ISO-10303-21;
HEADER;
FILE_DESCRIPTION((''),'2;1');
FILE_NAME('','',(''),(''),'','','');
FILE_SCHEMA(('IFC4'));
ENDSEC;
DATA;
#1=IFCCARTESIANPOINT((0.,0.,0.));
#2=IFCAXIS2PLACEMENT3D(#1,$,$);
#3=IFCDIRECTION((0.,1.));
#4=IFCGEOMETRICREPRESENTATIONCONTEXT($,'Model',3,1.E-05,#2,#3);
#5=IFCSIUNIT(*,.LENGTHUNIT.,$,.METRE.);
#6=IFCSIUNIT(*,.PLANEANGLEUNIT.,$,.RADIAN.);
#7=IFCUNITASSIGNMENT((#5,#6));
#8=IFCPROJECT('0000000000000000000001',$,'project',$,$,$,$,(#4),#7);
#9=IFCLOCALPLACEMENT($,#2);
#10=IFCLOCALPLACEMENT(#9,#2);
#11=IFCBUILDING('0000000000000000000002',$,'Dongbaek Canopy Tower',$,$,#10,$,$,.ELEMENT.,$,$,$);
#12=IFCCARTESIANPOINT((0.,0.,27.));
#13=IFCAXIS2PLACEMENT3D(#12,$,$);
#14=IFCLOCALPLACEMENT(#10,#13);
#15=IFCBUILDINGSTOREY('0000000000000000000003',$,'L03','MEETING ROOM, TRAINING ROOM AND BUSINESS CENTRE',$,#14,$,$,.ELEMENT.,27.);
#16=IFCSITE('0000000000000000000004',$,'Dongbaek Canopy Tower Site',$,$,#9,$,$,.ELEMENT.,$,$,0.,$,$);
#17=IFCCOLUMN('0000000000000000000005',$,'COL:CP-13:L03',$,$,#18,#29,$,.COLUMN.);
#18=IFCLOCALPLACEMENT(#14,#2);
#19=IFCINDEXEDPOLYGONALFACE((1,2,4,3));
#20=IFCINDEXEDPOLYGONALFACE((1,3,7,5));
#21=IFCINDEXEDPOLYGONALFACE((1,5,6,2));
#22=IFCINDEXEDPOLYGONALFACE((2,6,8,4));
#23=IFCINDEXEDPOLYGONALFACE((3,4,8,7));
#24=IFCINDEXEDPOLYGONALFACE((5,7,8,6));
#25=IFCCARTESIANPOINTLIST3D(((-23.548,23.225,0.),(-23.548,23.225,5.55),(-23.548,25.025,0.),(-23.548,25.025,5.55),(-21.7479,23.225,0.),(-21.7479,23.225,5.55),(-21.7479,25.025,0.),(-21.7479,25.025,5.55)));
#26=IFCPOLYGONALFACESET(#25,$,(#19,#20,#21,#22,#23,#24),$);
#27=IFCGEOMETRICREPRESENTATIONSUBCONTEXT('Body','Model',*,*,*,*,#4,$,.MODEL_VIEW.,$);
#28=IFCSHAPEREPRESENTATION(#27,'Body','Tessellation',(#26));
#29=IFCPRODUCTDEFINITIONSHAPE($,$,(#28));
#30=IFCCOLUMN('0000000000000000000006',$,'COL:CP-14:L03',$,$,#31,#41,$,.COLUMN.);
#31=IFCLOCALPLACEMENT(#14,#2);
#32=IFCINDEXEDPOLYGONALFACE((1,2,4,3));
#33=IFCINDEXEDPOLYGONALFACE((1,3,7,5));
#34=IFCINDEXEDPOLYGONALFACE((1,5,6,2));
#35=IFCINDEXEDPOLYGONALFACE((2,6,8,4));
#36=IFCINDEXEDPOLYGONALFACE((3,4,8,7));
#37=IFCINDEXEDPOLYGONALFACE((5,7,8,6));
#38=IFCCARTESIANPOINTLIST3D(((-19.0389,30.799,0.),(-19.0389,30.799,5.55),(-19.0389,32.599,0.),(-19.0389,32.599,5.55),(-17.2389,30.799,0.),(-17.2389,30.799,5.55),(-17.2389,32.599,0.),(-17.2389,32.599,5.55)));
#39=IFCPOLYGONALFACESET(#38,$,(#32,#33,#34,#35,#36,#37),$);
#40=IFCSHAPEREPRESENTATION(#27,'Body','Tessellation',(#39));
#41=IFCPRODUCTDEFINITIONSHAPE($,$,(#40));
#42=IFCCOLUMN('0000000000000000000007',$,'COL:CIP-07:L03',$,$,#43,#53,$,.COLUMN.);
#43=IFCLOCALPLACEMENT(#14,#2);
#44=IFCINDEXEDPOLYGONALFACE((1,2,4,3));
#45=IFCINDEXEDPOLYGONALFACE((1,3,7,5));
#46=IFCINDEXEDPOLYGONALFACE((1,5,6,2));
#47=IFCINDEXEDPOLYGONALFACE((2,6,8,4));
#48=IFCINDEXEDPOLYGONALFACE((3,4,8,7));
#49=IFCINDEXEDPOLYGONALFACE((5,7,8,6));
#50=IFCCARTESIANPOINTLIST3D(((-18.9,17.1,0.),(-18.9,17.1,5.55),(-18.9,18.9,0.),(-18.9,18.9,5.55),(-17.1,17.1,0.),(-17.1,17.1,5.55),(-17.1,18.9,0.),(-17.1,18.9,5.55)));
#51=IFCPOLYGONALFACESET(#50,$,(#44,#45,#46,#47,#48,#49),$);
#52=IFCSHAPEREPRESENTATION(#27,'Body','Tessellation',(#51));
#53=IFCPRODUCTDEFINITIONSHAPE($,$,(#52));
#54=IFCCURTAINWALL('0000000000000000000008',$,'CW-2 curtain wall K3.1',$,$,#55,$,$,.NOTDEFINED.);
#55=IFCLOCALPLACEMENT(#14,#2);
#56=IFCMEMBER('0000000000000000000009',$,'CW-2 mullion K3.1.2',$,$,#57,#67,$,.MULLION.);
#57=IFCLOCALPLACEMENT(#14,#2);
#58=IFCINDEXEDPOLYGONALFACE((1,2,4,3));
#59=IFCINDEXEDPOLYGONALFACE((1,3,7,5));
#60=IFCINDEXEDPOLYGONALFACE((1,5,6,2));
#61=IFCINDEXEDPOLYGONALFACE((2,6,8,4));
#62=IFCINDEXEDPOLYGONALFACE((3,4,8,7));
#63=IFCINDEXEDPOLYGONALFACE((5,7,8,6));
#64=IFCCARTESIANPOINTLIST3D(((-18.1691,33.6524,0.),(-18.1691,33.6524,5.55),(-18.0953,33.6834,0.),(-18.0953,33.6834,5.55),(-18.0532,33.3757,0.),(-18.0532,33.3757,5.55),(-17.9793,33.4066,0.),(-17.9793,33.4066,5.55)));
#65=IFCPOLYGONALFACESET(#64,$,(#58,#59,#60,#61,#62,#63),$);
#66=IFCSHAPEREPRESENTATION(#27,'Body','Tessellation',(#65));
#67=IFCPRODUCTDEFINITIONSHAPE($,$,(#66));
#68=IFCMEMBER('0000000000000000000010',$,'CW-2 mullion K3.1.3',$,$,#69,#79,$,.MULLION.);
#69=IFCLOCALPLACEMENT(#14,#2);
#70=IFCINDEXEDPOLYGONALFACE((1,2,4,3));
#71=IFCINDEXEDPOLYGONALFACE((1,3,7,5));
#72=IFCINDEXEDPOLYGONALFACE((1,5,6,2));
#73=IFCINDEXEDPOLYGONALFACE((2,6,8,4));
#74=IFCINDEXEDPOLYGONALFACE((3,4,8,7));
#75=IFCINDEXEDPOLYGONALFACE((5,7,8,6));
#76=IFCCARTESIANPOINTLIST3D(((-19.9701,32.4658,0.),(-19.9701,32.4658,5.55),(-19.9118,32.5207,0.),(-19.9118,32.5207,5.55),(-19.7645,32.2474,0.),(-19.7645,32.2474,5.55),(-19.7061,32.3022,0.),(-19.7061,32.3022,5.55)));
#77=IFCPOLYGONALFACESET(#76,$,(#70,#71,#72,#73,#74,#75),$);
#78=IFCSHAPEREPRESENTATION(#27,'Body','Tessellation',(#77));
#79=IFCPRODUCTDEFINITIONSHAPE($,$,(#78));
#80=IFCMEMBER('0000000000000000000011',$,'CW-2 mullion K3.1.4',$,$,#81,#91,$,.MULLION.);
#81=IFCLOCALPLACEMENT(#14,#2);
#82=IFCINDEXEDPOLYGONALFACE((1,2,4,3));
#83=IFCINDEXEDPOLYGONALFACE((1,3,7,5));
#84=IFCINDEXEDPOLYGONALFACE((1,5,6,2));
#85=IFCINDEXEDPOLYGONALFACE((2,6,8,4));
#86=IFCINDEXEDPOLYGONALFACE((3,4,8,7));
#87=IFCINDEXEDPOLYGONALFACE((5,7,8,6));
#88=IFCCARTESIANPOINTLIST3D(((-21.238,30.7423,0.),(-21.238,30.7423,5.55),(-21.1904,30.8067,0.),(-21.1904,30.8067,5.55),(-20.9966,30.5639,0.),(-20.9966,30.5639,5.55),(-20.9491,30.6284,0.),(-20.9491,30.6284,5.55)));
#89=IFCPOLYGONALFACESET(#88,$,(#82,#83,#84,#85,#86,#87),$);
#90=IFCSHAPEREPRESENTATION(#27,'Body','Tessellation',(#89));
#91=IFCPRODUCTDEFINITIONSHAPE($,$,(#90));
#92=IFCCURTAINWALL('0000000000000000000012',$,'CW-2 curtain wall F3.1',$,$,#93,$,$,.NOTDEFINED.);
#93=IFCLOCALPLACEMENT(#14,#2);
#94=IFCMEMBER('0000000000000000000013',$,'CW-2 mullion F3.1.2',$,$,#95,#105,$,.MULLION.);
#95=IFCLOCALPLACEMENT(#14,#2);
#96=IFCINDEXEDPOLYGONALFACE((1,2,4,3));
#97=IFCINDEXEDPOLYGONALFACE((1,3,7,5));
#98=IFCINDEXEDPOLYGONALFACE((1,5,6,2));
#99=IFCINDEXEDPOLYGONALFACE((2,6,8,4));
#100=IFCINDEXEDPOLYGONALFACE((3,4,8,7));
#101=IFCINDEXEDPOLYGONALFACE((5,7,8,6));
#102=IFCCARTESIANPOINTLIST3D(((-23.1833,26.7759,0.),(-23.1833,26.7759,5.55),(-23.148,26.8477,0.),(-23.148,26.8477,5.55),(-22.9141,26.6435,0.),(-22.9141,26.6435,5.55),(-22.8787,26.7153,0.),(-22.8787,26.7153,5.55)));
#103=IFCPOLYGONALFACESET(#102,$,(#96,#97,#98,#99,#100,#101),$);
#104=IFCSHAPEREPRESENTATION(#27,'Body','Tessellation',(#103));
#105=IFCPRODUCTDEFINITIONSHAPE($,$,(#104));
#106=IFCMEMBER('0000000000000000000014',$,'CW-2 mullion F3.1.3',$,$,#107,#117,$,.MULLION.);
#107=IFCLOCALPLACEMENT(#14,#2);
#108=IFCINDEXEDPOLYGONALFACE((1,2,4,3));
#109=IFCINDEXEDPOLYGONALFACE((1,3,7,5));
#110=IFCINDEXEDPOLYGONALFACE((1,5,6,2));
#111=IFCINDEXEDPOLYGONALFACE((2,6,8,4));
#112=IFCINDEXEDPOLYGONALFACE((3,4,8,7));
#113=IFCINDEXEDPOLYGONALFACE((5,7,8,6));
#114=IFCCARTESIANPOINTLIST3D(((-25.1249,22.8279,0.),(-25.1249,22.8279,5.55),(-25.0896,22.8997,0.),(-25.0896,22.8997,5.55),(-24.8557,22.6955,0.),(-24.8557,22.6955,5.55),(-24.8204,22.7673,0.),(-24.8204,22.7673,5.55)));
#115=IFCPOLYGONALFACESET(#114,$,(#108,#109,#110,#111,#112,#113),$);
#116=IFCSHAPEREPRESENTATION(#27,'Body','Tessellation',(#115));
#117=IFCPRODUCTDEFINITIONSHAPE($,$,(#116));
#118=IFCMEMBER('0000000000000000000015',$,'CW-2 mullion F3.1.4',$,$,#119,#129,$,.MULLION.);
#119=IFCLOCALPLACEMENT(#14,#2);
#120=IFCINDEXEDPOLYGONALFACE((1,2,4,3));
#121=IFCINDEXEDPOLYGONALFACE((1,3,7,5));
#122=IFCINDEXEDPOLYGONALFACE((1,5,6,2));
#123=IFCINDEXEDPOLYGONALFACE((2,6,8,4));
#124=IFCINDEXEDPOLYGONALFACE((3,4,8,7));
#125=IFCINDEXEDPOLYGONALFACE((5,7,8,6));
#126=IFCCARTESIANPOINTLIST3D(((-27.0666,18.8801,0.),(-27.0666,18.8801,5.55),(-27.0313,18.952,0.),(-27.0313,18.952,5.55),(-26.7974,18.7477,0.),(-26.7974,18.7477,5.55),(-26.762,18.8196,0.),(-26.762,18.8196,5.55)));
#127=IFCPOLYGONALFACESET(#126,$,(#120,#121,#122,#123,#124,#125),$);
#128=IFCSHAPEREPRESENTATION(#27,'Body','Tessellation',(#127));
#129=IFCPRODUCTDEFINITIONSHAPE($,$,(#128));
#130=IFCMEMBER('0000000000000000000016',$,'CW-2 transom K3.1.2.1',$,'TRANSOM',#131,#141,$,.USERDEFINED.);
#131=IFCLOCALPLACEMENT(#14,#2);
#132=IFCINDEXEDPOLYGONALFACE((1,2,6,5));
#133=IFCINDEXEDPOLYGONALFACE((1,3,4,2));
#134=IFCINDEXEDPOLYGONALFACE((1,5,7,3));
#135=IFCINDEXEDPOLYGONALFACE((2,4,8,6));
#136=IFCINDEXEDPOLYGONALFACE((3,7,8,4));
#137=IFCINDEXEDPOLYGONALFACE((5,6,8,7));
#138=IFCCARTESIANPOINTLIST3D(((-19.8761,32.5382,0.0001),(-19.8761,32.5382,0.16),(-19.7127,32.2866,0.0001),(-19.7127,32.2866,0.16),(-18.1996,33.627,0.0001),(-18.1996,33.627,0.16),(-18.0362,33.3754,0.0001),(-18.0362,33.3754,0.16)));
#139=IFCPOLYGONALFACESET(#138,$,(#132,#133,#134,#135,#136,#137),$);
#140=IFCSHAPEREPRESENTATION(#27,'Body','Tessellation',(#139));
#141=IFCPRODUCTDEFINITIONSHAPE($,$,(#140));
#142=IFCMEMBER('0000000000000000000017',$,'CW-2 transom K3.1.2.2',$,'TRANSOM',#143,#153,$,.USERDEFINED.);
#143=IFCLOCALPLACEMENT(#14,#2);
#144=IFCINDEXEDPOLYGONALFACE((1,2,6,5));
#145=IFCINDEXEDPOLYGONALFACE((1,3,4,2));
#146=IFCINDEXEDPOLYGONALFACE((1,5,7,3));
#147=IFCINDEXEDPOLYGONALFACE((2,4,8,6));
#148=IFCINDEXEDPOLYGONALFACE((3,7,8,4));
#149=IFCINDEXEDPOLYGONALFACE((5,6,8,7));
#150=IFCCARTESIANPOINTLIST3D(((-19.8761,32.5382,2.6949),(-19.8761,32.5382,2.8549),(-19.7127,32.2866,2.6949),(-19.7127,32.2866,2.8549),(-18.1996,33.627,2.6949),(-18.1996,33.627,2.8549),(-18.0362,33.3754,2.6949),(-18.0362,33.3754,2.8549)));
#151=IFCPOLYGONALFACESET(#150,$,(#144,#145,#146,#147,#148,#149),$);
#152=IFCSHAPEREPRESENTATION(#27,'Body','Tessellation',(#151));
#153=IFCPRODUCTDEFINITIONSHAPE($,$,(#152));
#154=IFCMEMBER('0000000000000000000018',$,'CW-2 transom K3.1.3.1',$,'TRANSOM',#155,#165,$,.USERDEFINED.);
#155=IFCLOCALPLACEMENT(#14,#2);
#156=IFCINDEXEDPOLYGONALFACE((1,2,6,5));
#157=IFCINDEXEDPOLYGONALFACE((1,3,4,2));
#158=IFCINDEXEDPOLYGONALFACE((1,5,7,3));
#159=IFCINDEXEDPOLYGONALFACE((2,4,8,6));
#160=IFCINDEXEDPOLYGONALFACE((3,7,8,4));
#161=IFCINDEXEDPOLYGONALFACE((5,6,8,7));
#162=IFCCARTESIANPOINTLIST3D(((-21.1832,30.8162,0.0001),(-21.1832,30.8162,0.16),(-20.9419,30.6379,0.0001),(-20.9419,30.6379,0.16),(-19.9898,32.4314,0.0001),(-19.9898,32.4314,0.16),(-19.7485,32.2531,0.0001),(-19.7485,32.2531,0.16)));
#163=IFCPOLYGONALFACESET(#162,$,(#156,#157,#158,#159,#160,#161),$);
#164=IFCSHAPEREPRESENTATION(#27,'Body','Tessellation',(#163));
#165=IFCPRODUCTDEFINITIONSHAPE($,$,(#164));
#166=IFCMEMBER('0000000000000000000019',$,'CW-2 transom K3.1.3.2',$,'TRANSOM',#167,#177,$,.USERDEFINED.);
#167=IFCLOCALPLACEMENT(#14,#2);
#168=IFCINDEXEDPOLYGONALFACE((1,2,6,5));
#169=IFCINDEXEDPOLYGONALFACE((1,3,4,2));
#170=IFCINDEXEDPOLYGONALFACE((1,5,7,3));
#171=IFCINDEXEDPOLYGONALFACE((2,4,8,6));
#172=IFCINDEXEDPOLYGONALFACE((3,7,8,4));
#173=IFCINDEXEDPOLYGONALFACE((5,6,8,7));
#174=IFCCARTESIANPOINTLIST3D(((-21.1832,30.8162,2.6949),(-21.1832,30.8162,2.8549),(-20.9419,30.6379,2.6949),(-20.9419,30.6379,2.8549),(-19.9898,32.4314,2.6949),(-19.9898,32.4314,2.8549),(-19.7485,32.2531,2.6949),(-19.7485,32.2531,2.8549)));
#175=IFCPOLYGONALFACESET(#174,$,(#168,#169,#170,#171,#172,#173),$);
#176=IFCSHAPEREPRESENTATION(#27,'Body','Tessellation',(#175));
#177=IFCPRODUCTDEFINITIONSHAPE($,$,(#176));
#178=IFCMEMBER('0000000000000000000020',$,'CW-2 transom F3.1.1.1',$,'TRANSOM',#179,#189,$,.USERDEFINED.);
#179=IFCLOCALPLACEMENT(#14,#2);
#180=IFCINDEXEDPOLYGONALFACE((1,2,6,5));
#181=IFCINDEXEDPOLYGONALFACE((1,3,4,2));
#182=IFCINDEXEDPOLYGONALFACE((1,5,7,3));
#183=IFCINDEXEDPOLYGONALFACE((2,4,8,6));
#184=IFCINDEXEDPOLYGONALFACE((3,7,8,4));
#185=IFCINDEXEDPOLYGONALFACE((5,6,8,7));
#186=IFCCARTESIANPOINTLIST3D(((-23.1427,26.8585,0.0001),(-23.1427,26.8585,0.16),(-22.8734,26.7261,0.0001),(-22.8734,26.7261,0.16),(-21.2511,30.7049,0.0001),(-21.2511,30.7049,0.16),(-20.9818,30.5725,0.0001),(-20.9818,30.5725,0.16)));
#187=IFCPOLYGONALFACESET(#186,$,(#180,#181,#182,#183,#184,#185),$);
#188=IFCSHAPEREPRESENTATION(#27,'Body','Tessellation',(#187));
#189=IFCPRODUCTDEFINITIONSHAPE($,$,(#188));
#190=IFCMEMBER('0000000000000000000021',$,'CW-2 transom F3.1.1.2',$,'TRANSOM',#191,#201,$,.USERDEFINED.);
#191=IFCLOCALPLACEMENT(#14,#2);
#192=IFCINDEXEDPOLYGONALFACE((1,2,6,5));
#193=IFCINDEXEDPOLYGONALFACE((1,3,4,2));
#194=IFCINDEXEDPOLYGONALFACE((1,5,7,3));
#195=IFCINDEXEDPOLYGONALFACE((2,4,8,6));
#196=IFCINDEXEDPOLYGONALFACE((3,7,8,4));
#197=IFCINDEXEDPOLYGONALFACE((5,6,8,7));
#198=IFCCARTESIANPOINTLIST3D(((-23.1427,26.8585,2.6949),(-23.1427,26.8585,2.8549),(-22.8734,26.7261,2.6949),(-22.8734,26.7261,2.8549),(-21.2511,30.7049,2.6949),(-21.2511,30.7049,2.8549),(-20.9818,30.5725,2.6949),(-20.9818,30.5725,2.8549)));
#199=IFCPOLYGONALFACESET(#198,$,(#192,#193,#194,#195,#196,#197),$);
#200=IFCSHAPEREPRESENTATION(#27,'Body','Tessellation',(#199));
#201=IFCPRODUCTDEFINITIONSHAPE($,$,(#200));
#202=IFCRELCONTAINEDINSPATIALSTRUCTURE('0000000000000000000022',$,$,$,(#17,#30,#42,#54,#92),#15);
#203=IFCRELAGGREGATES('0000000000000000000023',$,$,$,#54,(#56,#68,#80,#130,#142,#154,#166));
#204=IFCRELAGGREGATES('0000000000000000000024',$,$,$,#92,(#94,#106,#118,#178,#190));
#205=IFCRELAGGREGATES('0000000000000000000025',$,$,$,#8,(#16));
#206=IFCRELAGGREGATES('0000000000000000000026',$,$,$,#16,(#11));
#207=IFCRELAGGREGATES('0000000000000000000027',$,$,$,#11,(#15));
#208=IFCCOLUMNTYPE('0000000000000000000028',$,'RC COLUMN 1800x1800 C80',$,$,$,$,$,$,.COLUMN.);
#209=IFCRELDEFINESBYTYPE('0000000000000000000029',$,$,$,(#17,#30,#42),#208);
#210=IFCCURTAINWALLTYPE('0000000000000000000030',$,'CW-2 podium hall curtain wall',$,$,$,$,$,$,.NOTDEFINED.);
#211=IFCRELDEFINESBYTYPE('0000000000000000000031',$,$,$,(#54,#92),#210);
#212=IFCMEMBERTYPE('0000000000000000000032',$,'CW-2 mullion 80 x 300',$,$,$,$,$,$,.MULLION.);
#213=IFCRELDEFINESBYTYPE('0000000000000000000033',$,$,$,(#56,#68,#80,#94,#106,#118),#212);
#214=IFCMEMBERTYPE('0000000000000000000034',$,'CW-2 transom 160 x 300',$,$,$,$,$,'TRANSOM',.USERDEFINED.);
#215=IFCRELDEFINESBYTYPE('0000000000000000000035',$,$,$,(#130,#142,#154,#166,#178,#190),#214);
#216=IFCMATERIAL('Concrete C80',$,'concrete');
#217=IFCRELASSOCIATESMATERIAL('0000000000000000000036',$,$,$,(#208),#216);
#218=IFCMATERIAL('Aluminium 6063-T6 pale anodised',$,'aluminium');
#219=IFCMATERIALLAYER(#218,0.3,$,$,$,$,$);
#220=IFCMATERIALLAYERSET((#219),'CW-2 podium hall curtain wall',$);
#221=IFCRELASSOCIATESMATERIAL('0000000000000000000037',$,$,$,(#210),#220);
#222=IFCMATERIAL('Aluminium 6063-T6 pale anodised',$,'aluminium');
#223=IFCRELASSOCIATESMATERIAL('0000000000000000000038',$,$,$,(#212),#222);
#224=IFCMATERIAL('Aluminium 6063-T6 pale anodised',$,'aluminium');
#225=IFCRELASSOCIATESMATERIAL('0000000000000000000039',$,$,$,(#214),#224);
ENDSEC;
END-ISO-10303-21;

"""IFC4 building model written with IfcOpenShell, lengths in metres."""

from ifc_helpers import new_model, si_unit, direction, frame, origin, origin_2d, place, context, subcontext, project, spatial, rectangle, extrude, material, layer, layer_set, material_profile, profile_set, type_object, element, aggregate, save


model = new_model("IFC4")

# Units and contexts
model_context = context("Model", 3, precision=1e-05, world=origin(), true_north=direction((0.0, 1.0)))
body_context = subcontext(model_context, "Body", "Model", "MODEL_VIEW")
ifc_project = project(units=[si_unit("LENGTHUNIT", "METRE"), si_unit("PLANEANGLEUNIT", "RADIAN")], contexts=[model_context])

# Site, building, storey
site_placement = place(None, origin())
site = spatial("IfcSite", under=ifc_project, at=site_placement, Name="Dongbaek Canopy Tower Site", CompositionType="ELEMENT", RefElevation=0.0)
building_placement = place(site_placement, origin())
building = spatial("IfcBuilding", under=site, at=building_placement, Name="Dongbaek Canopy Tower", CompositionType="ELEMENT")
storey_placement = place(building_placement, frame((0.0, 0.0, 27.0)))
storey = spatial("IfcBuildingStorey", under=building, at=storey_placement, Name="L03", Description="MEETING ROOM, TRAINING ROOM AND BUSINESS CENTRE", CompositionType="ELEMENT", Elevation=27.0)

# Columns
ifc_material_1 = material(Name="Concrete C80", Category="concrete")
ifc_material_profile_1 = material_profile(ifc_material_1, rectangle(XDim=1.8, YDim=1.8, at=origin_2d()), Name="RC COLUMN 1800x1800 C80")
ifc_profile_set_1 = profile_set([ifc_material_profile_1], Name="Concrete C80")
column_type = type_object("IfcColumnType", Name="RC COLUMN 1800x1800 C80", PredefinedType="COLUMN", material=ifc_profile_set_1)
for number, where, z_axis, x_axis, name in (
    (1, (-22.6479, 24.125, 0.0), (0.0, 0.0, 1.0), (1.0, 0.0, 0.0), "COL:CP-13:L03"),
    (2, (-18.1389, 31.699, 0.0), (0.0, 0.0, 1.0), (1.0, 0.0, 0.0), "COL:CP-14:L03"),
    (3, (-18.0, 18.0, 0.0), (0.0, 0.0, 1.0), (1.0, 0.0, 0.0), "COL:CIP-07:L03"),
):
    element("IfcColumn", number, at=place(storey_placement, frame(where, z_axis=z_axis, x_axis=x_axis)), inside=storey, type_object=column_type, Name=name, PredefinedType="COLUMN", context=body_context, shape_type="SweptSolid", body=[
        extrude(rectangle(XDim=1.8, YDim=1.8, at=origin_2d()), origin(), (0.0, 0.0, 1.0), 5.55),
    ])

# Curtain walls, members
ifc_material_2 = material(Name="Aluminium 6063-T6 pale anodised", Category="aluminium")
ifc_layer_1 = layer(ifc_material_2, 0.3)
ifc_layer_set_1 = layer_set([ifc_layer_1], Name="CW-2 podium hall curtain wall")
curtain_wall_type = type_object("IfcCurtainWallType", Name="CW-2 podium hall curtain wall", PredefinedType="NOTDEFINED", material=ifc_layer_set_1)
curtain_wall_1_placement = place(storey_placement, origin())
curtain_wall_1 = element("IfcCurtainWall", 4, at=curtain_wall_1_placement, inside=storey, type_object=curtain_wall_type, Name="CW-2 curtain wall K3.1", PredefinedType="NOTDEFINED")
ifc_material_3 = material(Name="Aluminium 6063-T6 pale anodised", Category="aluminium")
ifc_material_profile_2 = material_profile(ifc_material_3, rectangle(XDim=0.3, YDim=0.0801, at=origin_2d()), Name="CW-2 mullion 80 x 300")
ifc_profile_set_2 = profile_set([ifc_material_profile_2], Name="Aluminium 6063-T6 pale anodised")
member_type_1 = type_object("IfcMemberType", Name="CW-2 mullion 80 x 300", PredefinedType="MULLION", material=ifc_profile_set_2)
member_1_placement = place(storey_placement, frame((-18.0742, 33.5295, 0.0), z_axis=(0.0, 0.0, 1.0), x_axis=(-0.386403, 0.92233, 0.0)))
member_1 = element("IfcMember", 5, at=member_1_placement, type_object=member_type_1, Name="CW-2 mullion K3.1.2", PredefinedType="MULLION", context=body_context, shape_type="SweptSolid", body=[
    extrude(rectangle(XDim=0.3, YDim=0.0801, at=origin_2d()), origin(), (0.0, 0.0, 1.0), 5.55),
])
member_2_placement = place(storey_placement, frame((-19.8381, 32.384, 0.0), z_axis=(0.0, 0.0, 1.0), x_axis=(-0.685446, 0.728124, 0.0)))
member_2 = element("IfcMember", 6, at=member_2_placement, type_object=member_type_1, Name="CW-2 mullion K3.1.3", PredefinedType="MULLION", context=body_context, shape_type="SweptSolid", body=[
    extrude(rectangle(XDim=0.3, YDim=0.0801, at=origin_2d()), origin(), (0.0, 0.0, 1.0), 5.55),
])
member_3_placement = place(storey_placement, frame((-21.0935, 30.6853, 0.0), z_axis=(0.0, 0.0, 1.0), x_axis=(-0.804278, 0.594253, 0.0)))
member_3 = element("IfcMember", 7, at=member_3_placement, type_object=member_type_1, Name="CW-2 mullion K3.1.4", PredefinedType="MULLION", context=body_context, shape_type="SweptSolid", body=[
    extrude(rectangle(XDim=0.3, YDim=0.0801, at=origin_2d()), origin(), (0.0, 0.0, 1.0), 5.55),
])
curtain_wall_2_placement = place(storey_placement, origin())
curtain_wall_2 = element("IfcCurtainWall", 8, at=curtain_wall_2_placement, inside=storey, type_object=curtain_wall_type, Name="CW-2 curtain wall F3.1", PredefinedType="NOTDEFINED")
member_4_placement = place(storey_placement, frame((-23.031, 26.7456, 0.0), z_axis=(0.0, 0.0, 1.0), x_axis=(-0.897339, 0.441342, 0.0)))
member_4 = element("IfcMember", 9, at=member_4_placement, type_object=member_type_1, Name="CW-2 mullion F3.1.2", PredefinedType="MULLION", context=body_context, shape_type="SweptSolid", body=[
    extrude(rectangle(XDim=0.3, YDim=0.0801, at=origin_2d()), origin(), (0.0, 0.0, 1.0), 5.55),
])
member_5_placement = place(storey_placement, frame((-24.9727, 22.7976, 0.0), z_axis=(0.0, 0.0, 1.0), x_axis=(-0.897339, 0.441342, 0.0)))
member_5 = element("IfcMember", 10, at=member_5_placement, type_object=member_type_1, Name="CW-2 mullion F3.1.3", PredefinedType="MULLION", context=body_context, shape_type="SweptSolid", body=[
    extrude(rectangle(XDim=0.3, YDim=0.0801, at=origin_2d()), origin(), (0.0, 0.0, 1.0), 5.55),
])
member_6_placement = place(storey_placement, frame((-26.9143, 18.8499, 0.0), z_axis=(0.0, 0.0, 1.0), x_axis=(-0.897339, 0.441342, 0.0)))
member_6 = element("IfcMember", 11, at=member_6_placement, type_object=member_type_1, Name="CW-2 mullion F3.1.4", PredefinedType="MULLION", context=body_context, shape_type="SweptSolid", body=[
    extrude(rectangle(XDim=0.3, YDim=0.0801, at=origin_2d()), origin(), (0.0, 0.0, 1.0), 5.55),
])

# Members
ifc_material_4 = material(Name="Aluminium 6063-T6 pale anodised", Category="aluminium")
ifc_material_profile_3 = material_profile(ifc_material_4, rectangle(XDim=0.3, YDim=0.1599, at=origin_2d()), Name="CW-2 transom 160 x 300")
ifc_profile_set_3 = profile_set([ifc_material_profile_3], Name="Aluminium 6063-T6 pale anodised")
member_type_2 = type_object("IfcMemberType", Name="CW-2 transom 160 x 300", ElementType="TRANSOM", PredefinedType="USERDEFINED", material=ifc_profile_set_3)
member_7_placement = place(storey_placement, frame((-18.1179, 33.5012, 0.0801), z_axis=(-0.838642, -0.544684, 0.0), x_axis=(0.544684, -0.838642, 0.0)))
member_7 = element("IfcMember", 12, at=member_7_placement, type_object=member_type_2, Name="CW-2 transom K3.1.2.1", ObjectType="TRANSOM", PredefinedType="USERDEFINED", context=body_context, shape_type="SweptSolid", body=[
    extrude(rectangle(XDim=0.3, YDim=0.1599, at=origin_2d()), origin(), (0.0, 0.0, 1.0), 1.999),
])
member_8_placement = place(storey_placement, frame((-18.1179, 33.5012, 2.7749), z_axis=(-0.838642, -0.544684, 0.0), x_axis=(0.544684, -0.838642, 0.0)))
member_8 = element("IfcMember", 13, at=member_8_placement, type_object=member_type_2, Name="CW-2 transom K3.1.2.2", ObjectType="TRANSOM", PredefinedType="USERDEFINED", context=body_context, shape_type="SweptSolid", body=[
    extrude(rectangle(XDim=0.3, YDim=0.1599, at=origin_2d()), origin(), (0.0, 0.0, 1.0), 1.999),
])
member_9_placement = place(storey_placement, frame((-19.8691, 32.3423, 0.0801), z_axis=(-0.594227, -0.804297, 0.0), x_axis=(0.804297, -0.594227, 0.0)))
member_9 = element("IfcMember", 14, at=member_9_placement, type_object=member_type_2, Name="CW-2 transom K3.1.3.1", ObjectType="TRANSOM", PredefinedType="USERDEFINED", context=body_context, shape_type="SweptSolid", body=[
    extrude(rectangle(XDim=0.3, YDim=0.1599, at=origin_2d()), origin(), (0.0, 0.0, 1.0), 2.0083),
])
member_10_placement = place(storey_placement, frame((-19.8691, 32.3423, 2.7749), z_axis=(-0.594227, -0.804297, 0.0), x_axis=(0.804297, -0.594227, 0.0)))
member_10 = element("IfcMember", 15, at=member_10_placement, type_object=member_type_2, Name="CW-2 transom K3.1.3.2", ObjectType="TRANSOM", PredefinedType="USERDEFINED", context=body_context, shape_type="SweptSolid", body=[
    extrude(rectangle(XDim=0.3, YDim=0.1599, at=origin_2d()), origin(), (0.0, 0.0, 1.0), 2.0083),
])
member_11_placement = place(storey_placement, frame((-21.1165, 30.6387, 0.0801), z_axis=(-0.441303, -0.897358, 0.0), x_axis=(0.897358, -0.441303, 0.0)))
member_11 = element("IfcMember", 16, at=member_11_placement, type_object=member_type_2, Name="CW-2 transom F3.1.1.1", ObjectType="TRANSOM", PredefinedType="USERDEFINED", context=body_context, shape_type="SweptSolid", body=[
    extrude(rectangle(XDim=0.3, YDim=0.1599, at=origin_2d()), origin(), (0.0, 0.0, 1.0), 4.2864),
])
member_12_placement = place(storey_placement, frame((-21.1165, 30.6387, 2.7749), z_axis=(-0.441303, -0.897358, 0.0), x_axis=(0.897358, -0.441303, 0.0)))
member_12 = element("IfcMember", 17, at=member_12_placement, type_object=member_type_2, Name="CW-2 transom F3.1.1.2", ObjectType="TRANSOM", PredefinedType="USERDEFINED", context=body_context, shape_type="SweptSolid", body=[
    extrude(rectangle(XDim=0.3, YDim=0.1599, at=origin_2d()), origin(), (0.0, 0.0, 1.0), 4.2864),
])

aggregate(curtain_wall_1, [member_1, member_2, member_3, member_7, member_8, member_9, member_10])
aggregate(curtain_wall_2, [member_4, member_5, member_6, member_11, member_12])

save(model, "model.ifc")
